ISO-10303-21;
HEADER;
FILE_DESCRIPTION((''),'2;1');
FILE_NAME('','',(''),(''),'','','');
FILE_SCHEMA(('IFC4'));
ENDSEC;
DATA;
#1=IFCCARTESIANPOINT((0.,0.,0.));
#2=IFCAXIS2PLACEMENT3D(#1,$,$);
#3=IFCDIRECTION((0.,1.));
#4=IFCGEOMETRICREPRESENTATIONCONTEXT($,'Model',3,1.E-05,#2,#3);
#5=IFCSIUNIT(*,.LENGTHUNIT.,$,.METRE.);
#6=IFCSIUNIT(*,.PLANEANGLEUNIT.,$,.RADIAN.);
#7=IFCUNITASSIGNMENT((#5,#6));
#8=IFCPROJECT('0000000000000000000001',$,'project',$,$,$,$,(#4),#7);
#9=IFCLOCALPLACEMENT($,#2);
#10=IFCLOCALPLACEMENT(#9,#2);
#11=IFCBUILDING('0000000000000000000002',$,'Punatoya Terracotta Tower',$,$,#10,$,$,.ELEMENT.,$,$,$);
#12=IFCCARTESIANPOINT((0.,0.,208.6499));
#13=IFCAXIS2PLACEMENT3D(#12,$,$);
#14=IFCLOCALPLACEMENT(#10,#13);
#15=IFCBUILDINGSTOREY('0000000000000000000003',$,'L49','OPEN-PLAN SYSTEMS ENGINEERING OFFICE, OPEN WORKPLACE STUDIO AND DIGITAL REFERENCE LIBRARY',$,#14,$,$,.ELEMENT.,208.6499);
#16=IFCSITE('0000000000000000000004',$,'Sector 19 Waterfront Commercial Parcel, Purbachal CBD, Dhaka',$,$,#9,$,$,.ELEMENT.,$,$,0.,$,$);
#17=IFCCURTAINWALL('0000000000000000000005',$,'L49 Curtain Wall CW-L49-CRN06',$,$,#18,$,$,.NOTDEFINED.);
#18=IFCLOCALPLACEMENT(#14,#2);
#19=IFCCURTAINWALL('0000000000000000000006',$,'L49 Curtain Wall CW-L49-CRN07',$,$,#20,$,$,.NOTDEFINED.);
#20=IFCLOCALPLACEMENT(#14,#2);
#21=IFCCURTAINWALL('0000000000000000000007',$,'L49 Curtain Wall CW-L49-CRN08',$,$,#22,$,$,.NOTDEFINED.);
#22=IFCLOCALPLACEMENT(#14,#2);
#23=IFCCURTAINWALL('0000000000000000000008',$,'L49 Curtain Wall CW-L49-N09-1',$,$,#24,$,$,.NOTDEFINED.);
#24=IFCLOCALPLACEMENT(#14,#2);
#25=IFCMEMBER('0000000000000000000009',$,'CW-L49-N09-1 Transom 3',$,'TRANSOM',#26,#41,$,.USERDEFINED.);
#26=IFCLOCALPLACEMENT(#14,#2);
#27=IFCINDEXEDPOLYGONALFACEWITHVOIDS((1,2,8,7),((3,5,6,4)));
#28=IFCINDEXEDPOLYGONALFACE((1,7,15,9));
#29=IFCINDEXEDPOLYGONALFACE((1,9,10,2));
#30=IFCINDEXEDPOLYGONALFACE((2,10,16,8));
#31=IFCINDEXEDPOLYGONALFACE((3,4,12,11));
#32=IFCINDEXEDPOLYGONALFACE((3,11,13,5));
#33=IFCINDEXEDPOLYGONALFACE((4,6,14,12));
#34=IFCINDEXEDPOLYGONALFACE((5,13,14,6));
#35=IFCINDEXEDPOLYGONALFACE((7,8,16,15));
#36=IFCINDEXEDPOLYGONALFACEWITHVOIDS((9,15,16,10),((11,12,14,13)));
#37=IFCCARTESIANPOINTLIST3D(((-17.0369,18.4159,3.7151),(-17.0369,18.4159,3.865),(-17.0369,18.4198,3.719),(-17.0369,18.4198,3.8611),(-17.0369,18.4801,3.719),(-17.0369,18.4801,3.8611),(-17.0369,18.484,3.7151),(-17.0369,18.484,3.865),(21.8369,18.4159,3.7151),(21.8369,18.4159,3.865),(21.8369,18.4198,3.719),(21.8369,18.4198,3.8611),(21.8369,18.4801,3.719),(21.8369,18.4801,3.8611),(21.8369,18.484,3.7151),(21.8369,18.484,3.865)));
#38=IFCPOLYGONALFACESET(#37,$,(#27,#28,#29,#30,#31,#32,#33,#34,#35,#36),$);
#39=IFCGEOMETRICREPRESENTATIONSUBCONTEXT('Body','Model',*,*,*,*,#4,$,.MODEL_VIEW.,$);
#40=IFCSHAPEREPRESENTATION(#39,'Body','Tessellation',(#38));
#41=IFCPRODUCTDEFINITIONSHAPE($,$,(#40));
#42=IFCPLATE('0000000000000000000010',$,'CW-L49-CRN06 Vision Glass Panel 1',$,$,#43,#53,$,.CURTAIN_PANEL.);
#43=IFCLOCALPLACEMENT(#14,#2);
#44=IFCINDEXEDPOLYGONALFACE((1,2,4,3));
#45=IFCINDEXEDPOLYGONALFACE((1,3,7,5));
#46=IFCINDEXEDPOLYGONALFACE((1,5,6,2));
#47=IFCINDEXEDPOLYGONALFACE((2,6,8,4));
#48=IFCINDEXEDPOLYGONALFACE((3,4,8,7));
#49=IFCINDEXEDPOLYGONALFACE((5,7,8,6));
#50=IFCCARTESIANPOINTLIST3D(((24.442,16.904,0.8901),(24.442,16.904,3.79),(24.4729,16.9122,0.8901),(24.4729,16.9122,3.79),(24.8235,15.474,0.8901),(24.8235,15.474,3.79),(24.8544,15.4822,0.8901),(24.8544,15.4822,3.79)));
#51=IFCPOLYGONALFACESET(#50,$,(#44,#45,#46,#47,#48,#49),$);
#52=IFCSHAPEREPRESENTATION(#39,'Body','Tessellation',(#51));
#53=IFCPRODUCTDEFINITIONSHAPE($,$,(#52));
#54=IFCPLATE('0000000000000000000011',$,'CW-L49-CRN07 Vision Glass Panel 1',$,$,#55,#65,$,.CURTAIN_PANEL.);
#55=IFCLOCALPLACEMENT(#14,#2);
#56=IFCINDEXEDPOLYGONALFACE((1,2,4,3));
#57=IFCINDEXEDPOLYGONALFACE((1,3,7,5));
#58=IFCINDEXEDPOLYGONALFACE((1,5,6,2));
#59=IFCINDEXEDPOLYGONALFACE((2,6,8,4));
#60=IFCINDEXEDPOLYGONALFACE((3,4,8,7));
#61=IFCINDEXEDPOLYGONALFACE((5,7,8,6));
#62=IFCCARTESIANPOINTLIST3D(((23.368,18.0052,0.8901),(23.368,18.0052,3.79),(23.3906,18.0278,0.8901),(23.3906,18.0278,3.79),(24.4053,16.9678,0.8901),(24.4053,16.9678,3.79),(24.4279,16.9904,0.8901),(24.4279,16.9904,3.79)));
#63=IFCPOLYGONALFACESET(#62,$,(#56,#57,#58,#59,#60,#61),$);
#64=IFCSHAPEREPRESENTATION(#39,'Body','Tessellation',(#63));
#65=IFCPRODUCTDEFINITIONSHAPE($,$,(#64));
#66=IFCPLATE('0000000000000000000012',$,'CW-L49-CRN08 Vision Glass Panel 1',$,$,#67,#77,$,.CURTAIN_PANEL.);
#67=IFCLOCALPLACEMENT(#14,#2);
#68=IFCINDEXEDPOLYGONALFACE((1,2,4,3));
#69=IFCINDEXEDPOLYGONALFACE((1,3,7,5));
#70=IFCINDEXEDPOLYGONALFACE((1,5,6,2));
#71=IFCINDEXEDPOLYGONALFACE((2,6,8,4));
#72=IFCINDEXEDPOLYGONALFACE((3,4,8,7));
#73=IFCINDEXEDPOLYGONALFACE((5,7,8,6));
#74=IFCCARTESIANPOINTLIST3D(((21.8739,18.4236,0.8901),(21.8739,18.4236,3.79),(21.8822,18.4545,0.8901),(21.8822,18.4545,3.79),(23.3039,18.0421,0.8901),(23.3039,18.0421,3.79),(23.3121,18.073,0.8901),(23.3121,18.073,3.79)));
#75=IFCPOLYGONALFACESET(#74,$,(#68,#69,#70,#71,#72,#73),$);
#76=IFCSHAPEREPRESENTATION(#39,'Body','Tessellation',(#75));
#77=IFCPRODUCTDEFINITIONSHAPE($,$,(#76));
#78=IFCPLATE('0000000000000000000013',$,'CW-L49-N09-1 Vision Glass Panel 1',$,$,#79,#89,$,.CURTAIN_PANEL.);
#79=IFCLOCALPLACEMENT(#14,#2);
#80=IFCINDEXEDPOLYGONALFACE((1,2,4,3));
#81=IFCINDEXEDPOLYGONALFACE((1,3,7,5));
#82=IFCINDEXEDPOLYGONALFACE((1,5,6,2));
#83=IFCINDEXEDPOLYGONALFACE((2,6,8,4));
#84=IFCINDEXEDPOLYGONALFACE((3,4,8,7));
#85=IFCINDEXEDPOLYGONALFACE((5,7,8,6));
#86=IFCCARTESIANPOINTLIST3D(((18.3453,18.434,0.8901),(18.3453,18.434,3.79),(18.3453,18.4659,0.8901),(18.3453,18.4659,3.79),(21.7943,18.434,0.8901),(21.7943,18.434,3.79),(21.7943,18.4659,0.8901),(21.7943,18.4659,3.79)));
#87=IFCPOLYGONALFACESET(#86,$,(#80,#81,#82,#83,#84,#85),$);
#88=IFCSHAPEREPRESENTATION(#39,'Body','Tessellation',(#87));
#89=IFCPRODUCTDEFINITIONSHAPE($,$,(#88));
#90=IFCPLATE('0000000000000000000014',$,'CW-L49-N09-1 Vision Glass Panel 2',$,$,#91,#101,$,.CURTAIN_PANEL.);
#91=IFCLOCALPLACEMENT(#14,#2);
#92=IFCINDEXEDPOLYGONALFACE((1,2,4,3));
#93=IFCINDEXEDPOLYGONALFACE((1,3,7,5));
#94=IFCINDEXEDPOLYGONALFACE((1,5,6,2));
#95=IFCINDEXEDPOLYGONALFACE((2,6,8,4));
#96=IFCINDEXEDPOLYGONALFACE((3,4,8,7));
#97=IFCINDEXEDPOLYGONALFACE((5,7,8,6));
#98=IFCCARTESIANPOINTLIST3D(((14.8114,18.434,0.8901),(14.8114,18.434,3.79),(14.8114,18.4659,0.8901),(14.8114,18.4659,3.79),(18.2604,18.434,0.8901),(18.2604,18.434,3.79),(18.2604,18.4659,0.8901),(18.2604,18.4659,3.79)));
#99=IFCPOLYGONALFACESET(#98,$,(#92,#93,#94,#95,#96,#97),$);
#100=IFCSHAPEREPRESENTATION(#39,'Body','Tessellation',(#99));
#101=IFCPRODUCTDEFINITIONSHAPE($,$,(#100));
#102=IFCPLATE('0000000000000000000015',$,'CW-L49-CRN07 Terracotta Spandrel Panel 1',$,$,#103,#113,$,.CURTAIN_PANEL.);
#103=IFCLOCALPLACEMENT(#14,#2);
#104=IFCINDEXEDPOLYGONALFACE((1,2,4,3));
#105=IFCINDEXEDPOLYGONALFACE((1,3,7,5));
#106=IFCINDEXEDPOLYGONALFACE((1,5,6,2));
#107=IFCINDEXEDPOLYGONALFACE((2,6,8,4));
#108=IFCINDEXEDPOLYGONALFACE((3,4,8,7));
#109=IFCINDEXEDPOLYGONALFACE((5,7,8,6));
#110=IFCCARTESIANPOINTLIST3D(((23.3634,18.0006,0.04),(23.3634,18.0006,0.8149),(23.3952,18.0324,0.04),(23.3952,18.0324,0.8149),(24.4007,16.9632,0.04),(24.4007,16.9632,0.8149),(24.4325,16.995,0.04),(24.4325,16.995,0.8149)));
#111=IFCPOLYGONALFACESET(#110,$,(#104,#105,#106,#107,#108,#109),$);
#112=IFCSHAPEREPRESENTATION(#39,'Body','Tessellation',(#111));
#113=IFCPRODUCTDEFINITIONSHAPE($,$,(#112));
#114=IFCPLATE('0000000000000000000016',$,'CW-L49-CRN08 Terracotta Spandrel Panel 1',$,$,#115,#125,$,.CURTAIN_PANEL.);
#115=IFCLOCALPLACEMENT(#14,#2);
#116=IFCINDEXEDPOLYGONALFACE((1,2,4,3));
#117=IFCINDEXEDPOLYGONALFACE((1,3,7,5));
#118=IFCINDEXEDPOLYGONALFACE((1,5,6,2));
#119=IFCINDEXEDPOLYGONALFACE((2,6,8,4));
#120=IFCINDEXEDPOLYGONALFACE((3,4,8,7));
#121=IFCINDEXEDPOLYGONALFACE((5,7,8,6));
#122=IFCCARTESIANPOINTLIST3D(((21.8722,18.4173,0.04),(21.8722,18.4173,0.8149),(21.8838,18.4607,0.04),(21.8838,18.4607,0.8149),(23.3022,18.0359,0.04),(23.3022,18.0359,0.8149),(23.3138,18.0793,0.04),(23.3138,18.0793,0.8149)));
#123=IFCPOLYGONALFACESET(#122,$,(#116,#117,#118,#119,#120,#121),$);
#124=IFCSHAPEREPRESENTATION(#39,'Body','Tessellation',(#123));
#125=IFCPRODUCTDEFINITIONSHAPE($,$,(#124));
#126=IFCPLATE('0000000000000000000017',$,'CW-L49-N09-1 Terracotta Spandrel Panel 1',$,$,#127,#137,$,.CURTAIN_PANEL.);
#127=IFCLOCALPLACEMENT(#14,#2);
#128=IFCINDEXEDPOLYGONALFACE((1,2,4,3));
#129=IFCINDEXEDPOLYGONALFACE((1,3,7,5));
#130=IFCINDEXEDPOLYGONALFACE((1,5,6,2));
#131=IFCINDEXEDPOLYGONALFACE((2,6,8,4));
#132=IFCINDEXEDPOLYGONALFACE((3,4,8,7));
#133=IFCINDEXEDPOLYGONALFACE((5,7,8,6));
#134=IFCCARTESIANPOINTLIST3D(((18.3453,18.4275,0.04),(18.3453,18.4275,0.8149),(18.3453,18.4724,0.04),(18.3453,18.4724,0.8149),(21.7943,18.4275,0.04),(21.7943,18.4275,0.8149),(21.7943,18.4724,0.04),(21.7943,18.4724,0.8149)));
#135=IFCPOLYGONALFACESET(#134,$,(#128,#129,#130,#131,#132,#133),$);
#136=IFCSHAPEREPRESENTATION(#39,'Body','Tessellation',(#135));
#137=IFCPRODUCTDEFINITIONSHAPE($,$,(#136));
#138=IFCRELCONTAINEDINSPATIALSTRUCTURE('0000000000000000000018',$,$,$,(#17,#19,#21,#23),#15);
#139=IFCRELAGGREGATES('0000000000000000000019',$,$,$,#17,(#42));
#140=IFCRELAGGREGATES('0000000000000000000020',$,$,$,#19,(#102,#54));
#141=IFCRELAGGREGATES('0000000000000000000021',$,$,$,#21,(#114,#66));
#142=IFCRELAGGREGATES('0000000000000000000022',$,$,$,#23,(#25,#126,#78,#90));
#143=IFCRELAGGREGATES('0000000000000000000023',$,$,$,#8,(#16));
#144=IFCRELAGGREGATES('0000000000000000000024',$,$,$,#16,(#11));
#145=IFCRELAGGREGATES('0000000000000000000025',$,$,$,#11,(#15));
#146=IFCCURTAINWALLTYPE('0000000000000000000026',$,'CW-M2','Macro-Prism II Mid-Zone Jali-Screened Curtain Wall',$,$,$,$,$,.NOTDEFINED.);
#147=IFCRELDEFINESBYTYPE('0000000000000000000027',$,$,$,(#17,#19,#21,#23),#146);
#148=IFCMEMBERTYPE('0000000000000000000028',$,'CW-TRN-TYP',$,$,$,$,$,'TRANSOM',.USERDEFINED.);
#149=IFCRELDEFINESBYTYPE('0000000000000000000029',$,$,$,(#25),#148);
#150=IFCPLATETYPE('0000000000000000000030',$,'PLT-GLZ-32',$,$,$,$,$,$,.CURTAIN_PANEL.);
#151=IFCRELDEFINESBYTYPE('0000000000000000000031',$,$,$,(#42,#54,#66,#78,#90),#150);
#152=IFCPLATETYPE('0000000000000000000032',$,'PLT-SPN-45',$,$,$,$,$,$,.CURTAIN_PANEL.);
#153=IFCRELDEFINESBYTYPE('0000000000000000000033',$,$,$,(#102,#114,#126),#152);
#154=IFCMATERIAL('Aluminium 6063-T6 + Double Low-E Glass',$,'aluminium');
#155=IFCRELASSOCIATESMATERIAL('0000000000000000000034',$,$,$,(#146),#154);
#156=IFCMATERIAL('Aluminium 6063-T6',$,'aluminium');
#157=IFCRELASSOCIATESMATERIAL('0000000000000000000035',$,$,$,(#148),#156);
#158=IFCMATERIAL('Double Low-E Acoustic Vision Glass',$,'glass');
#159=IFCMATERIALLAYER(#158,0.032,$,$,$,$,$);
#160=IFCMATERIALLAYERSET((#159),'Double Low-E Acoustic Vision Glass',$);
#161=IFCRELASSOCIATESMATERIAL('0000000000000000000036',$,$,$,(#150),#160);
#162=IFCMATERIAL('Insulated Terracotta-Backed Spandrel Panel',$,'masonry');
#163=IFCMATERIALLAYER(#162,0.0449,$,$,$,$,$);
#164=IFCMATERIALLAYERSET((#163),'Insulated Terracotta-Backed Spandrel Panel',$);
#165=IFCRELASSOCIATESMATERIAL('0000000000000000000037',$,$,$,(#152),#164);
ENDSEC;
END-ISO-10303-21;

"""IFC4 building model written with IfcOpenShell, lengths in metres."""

from ifc_helpers import new_model, si_unit, direction, frame, origin, origin_2d, place, context, subcontext, project, spatial, rectangle, hollow_rectangle, extrude, material, layer, layer_set, material_profile, profile_set, type_object, element, aggregate, save


model = new_model("IFC4")

# Units and contexts
model_context = context("Model", 3, precision=1e-05, world=origin(), true_north=direction((0.0, 1.0)))
body_context = subcontext(model_context, "Body", "Model", "MODEL_VIEW")
ifc_project = project(units=[si_unit("LENGTHUNIT", "METRE"), si_unit("PLANEANGLEUNIT", "RADIAN")], contexts=[model_context])

# Site, building, storey
site_placement = place(None, origin())
site = spatial("IfcSite", under=ifc_project, at=site_placement, Name="Sector 19 Waterfront Commercial Parcel, Purbachal CBD, Dhaka", CompositionType="ELEMENT", RefElevation=0.0)
building_placement = place(site_placement, origin())
building = spatial("IfcBuilding", under=site, at=building_placement, Name="Punatoya Terracotta Tower", CompositionType="ELEMENT")
storey_placement = place(building_placement, frame((0.0, 0.0, 208.6499)))
storey = spatial("IfcBuildingStorey", under=building, at=storey_placement, Name="L49", Description="OPEN-PLAN SYSTEMS ENGINEERING OFFICE, OPEN WORKPLACE STUDIO AND DIGITAL REFERENCE LIBRARY", CompositionType="ELEMENT", Elevation=208.6499)

# Curtain wall
ifc_material_1 = material(Name="Aluminium 6063-T6 + Double Low-E Glass", Category="aluminium")
curtain_wall_type = type_object("IfcCurtainWallType", Name="CW-M2", Description="Macro-Prism II Mid-Zone Jali-Screened Curtain Wall", PredefinedType="NOTDEFINED", material=ifc_material_1)
curtain_wall_1_placement = place(storey_placement, origin())
curtain_wall_1 = element("IfcCurtainWall", 1, at=curtain_wall_1_placement, inside=storey, type_object=curtain_wall_type, Name="L49 Curtain Wall CW-L49-CRN06", PredefinedType="NOTDEFINED")
ifc_material_2 = material(Name="Aluminium 6063-T6", Category="aluminium")

# Curtain walls
curtain_wall_2_placement = place(storey_placement, origin())
curtain_wall_2 = element("IfcCurtainWall", 2, at=curtain_wall_2_placement, inside=storey, type_object=curtain_wall_type, Name="L49 Curtain Wall CW-L49-CRN07", PredefinedType="NOTDEFINED")
curtain_wall_3_placement = place(storey_placement, origin())
curtain_wall_3 = element("IfcCurtainWall", 3, at=curtain_wall_3_placement, inside=storey, type_object=curtain_wall_type, Name="L49 Curtain Wall CW-L49-CRN08", PredefinedType="NOTDEFINED")
curtain_wall_4_placement = place(storey_placement, origin())
curtain_wall_4 = element("IfcCurtainWall", 4, at=curtain_wall_4_placement, inside=storey, type_object=curtain_wall_type, Name="L49 Curtain Wall CW-L49-N09-1", PredefinedType="NOTDEFINED")

# Member
ifc_material_profile_1 = material_profile(ifc_material_2, hollow_rectangle(XDim=0.0681, YDim=0.1499, WallThickness=0.0039, at=origin_2d()))
ifc_profile_set_1 = profile_set([ifc_material_profile_1], Name="Aluminium 6063-T6")
member_type_1 = type_object("IfcMemberType", Name="CW-TRN-TYP", ElementType="TRANSOM", PredefinedType="USERDEFINED", material=ifc_profile_set_1)
member_1_placement = place(storey_placement, frame((21.8369, 18.45, 3.79), z_axis=(-1.0, 0.0, 0.0), x_axis=(0.0, -1.0, 0.0)))
member_1 = element("IfcMember", 5, at=member_1_placement, type_object=member_type_1, Name="CW-L49-N09-1 Transom 3", ObjectType="TRANSOM", PredefinedType="USERDEFINED", context=body_context, shape_type="SweptSolid", body=[
    extrude(hollow_rectangle(XDim=0.0681, YDim=0.1499, WallThickness=0.0039, at=origin_2d()), origin(), (0.0, 0.0, 1.0), 38.8738),
])

# Plates
ifc_material_3 = material(Name="Double Low-E Acoustic Vision Glass", Category="glass")
ifc_layer_1 = layer(ifc_material_3, 0.032)
ifc_layer_set_1 = layer_set([ifc_layer_1], Name="Double Low-E Acoustic Vision Glass")
plate_type_1 = type_object("IfcPlateType", Name="PLT-GLZ-32", PredefinedType="CURTAIN_PANEL", material=ifc_layer_set_1)
plate_1_placement = place(storey_placement, frame((24.6482, 16.1931, 0.8901), z_axis=(0.0, 0.0, 1.0), x_axis=(-0.257742, 0.966214, 0.0)))
plate_1 = element("IfcPlate", 6, at=plate_1_placement, type_object=plate_type_1, Name="CW-L49-CRN06 Vision Glass Panel 1", PredefinedType="CURTAIN_PANEL", context=body_context, shape_type="SweptSolid", body=[
    extrude(rectangle(XDim=1.48, YDim=0.032, at=origin_2d()), origin(), (0.0, 0.0, 1.0), 2.8999),
])
aggregate(curtain_wall_1, [plate_1])
plate_2_placement = place(storey_placement, frame((23.8979, 17.4978, 0.8901), z_axis=(0.0, 0.0, 1.0), x_axis=(-0.707107, 0.707107, 0.0)))
plate_2 = element("IfcPlate", 7, at=plate_2_placement, type_object=plate_type_1, Name="CW-L49-CRN07 Vision Glass Panel 1", PredefinedType="CURTAIN_PANEL", context=body_context, shape_type="SweptSolid", body=[
    extrude(rectangle(XDim=1.467, YDim=0.032, at=origin_2d()), origin(), (0.0, 0.0, 1.0), 2.8999),
])
plate_3_placement = place(storey_placement, frame((22.593, 18.2483, 0.8901), z_axis=(0.0, 0.0, 1.0), x_axis=(-0.966214, 0.257742, 0.0)))
plate_3 = element("IfcPlate", 8, at=plate_3_placement, type_object=plate_type_1, Name="CW-L49-CRN08 Vision Glass Panel 1", PredefinedType="CURTAIN_PANEL", context=body_context, shape_type="SweptSolid", body=[
    extrude(rectangle(XDim=1.48, YDim=0.032, at=origin_2d()), origin(), (0.0, 0.0, 1.0), 2.8999),
])
plate_4_placement = place(storey_placement, frame((20.0698, 18.45, 0.8901), z_axis=(0.0, 0.0, 1.0), x_axis=(-1.0, 0.0, 0.0)))
plate_4 = element("IfcPlate", 9, at=plate_4_placement, type_object=plate_type_1, Name="CW-L49-N09-1 Vision Glass Panel 1", PredefinedType="CURTAIN_PANEL", context=body_context, shape_type="SweptSolid", body=[
    extrude(rectangle(XDim=3.449, YDim=0.032, at=origin_2d()), origin(), (0.0, 0.0, 1.0), 2.8999),
])
plate_5_placement = place(storey_placement, frame((16.5359, 18.45, 0.8901), z_axis=(0.0, 0.0, 1.0), x_axis=(-1.0, 0.0, 0.0)))
plate_5 = element("IfcPlate", 10, at=plate_5_placement, type_object=plate_type_1, Name="CW-L49-N09-1 Vision Glass Panel 2", PredefinedType="CURTAIN_PANEL", context=body_context, shape_type="SweptSolid", body=[
    extrude(rectangle(XDim=3.449, YDim=0.032, at=origin_2d()), origin(), (0.0, 0.0, 1.0), 2.8999),
])
ifc_material_4 = material(Name="Insulated Terracotta-Backed Spandrel Panel", Category="masonry")
ifc_layer_2 = layer(ifc_material_4, 0.0449)
ifc_layer_set_2 = layer_set([ifc_layer_2], Name="Insulated Terracotta-Backed Spandrel Panel")
plate_type_2 = type_object("IfcPlateType", Name="PLT-SPN-45", PredefinedType="CURTAIN_PANEL", material=ifc_layer_set_2)
plate_6_placement = place(storey_placement, frame((23.8979, 17.4978, 0.04), z_axis=(0.0, 0.0, 1.0), x_axis=(-0.707107, 0.707107, 0.0)))
plate_6 = element("IfcPlate", 11, at=plate_6_placement, type_object=plate_type_2, Name="CW-L49-CRN07 Terracotta Spandrel Panel 1", PredefinedType="CURTAIN_PANEL", context=body_context, shape_type="SweptSolid", body=[
    extrude(rectangle(XDim=1.467, YDim=0.0449, at=origin_2d()), origin(), (0.0, 0.0, 1.0), 0.7749),
])
aggregate(curtain_wall_2, [plate_6, plate_2])
plate_7_placement = place(storey_placement, frame((22.593, 18.2483, 0.04), z_axis=(0.0, 0.0, 1.0), x_axis=(-0.966214, 0.257742, 0.0)))
plate_7 = element("IfcPlate", 12, at=plate_7_placement, type_object=plate_type_2, Name="CW-L49-CRN08 Terracotta Spandrel Panel 1", PredefinedType="CURTAIN_PANEL", context=body_context, shape_type="SweptSolid", body=[
    extrude(rectangle(XDim=1.48, YDim=0.0449, at=origin_2d()), origin(), (0.0, 0.0, 1.0), 0.7749),
])
aggregate(curtain_wall_3, [plate_7, plate_3])
plate_8_placement = place(storey_placement, frame((20.0698, 18.45, 0.04), z_axis=(0.0, 0.0, 1.0), x_axis=(-1.0, 0.0, 0.0)))
plate_8 = element("IfcPlate", 13, at=plate_8_placement, type_object=plate_type_2, Name="CW-L49-N09-1 Terracotta Spandrel Panel 1", PredefinedType="CURTAIN_PANEL", context=body_context, shape_type="SweptSolid", body=[
    extrude(rectangle(XDim=3.449, YDim=0.0449, at=origin_2d()), origin(), (0.0, 0.0, 1.0), 0.7749),
])
aggregate(curtain_wall_4, [member_1, plate_8, plate_4, plate_5])

save(model, "model.ifc")
